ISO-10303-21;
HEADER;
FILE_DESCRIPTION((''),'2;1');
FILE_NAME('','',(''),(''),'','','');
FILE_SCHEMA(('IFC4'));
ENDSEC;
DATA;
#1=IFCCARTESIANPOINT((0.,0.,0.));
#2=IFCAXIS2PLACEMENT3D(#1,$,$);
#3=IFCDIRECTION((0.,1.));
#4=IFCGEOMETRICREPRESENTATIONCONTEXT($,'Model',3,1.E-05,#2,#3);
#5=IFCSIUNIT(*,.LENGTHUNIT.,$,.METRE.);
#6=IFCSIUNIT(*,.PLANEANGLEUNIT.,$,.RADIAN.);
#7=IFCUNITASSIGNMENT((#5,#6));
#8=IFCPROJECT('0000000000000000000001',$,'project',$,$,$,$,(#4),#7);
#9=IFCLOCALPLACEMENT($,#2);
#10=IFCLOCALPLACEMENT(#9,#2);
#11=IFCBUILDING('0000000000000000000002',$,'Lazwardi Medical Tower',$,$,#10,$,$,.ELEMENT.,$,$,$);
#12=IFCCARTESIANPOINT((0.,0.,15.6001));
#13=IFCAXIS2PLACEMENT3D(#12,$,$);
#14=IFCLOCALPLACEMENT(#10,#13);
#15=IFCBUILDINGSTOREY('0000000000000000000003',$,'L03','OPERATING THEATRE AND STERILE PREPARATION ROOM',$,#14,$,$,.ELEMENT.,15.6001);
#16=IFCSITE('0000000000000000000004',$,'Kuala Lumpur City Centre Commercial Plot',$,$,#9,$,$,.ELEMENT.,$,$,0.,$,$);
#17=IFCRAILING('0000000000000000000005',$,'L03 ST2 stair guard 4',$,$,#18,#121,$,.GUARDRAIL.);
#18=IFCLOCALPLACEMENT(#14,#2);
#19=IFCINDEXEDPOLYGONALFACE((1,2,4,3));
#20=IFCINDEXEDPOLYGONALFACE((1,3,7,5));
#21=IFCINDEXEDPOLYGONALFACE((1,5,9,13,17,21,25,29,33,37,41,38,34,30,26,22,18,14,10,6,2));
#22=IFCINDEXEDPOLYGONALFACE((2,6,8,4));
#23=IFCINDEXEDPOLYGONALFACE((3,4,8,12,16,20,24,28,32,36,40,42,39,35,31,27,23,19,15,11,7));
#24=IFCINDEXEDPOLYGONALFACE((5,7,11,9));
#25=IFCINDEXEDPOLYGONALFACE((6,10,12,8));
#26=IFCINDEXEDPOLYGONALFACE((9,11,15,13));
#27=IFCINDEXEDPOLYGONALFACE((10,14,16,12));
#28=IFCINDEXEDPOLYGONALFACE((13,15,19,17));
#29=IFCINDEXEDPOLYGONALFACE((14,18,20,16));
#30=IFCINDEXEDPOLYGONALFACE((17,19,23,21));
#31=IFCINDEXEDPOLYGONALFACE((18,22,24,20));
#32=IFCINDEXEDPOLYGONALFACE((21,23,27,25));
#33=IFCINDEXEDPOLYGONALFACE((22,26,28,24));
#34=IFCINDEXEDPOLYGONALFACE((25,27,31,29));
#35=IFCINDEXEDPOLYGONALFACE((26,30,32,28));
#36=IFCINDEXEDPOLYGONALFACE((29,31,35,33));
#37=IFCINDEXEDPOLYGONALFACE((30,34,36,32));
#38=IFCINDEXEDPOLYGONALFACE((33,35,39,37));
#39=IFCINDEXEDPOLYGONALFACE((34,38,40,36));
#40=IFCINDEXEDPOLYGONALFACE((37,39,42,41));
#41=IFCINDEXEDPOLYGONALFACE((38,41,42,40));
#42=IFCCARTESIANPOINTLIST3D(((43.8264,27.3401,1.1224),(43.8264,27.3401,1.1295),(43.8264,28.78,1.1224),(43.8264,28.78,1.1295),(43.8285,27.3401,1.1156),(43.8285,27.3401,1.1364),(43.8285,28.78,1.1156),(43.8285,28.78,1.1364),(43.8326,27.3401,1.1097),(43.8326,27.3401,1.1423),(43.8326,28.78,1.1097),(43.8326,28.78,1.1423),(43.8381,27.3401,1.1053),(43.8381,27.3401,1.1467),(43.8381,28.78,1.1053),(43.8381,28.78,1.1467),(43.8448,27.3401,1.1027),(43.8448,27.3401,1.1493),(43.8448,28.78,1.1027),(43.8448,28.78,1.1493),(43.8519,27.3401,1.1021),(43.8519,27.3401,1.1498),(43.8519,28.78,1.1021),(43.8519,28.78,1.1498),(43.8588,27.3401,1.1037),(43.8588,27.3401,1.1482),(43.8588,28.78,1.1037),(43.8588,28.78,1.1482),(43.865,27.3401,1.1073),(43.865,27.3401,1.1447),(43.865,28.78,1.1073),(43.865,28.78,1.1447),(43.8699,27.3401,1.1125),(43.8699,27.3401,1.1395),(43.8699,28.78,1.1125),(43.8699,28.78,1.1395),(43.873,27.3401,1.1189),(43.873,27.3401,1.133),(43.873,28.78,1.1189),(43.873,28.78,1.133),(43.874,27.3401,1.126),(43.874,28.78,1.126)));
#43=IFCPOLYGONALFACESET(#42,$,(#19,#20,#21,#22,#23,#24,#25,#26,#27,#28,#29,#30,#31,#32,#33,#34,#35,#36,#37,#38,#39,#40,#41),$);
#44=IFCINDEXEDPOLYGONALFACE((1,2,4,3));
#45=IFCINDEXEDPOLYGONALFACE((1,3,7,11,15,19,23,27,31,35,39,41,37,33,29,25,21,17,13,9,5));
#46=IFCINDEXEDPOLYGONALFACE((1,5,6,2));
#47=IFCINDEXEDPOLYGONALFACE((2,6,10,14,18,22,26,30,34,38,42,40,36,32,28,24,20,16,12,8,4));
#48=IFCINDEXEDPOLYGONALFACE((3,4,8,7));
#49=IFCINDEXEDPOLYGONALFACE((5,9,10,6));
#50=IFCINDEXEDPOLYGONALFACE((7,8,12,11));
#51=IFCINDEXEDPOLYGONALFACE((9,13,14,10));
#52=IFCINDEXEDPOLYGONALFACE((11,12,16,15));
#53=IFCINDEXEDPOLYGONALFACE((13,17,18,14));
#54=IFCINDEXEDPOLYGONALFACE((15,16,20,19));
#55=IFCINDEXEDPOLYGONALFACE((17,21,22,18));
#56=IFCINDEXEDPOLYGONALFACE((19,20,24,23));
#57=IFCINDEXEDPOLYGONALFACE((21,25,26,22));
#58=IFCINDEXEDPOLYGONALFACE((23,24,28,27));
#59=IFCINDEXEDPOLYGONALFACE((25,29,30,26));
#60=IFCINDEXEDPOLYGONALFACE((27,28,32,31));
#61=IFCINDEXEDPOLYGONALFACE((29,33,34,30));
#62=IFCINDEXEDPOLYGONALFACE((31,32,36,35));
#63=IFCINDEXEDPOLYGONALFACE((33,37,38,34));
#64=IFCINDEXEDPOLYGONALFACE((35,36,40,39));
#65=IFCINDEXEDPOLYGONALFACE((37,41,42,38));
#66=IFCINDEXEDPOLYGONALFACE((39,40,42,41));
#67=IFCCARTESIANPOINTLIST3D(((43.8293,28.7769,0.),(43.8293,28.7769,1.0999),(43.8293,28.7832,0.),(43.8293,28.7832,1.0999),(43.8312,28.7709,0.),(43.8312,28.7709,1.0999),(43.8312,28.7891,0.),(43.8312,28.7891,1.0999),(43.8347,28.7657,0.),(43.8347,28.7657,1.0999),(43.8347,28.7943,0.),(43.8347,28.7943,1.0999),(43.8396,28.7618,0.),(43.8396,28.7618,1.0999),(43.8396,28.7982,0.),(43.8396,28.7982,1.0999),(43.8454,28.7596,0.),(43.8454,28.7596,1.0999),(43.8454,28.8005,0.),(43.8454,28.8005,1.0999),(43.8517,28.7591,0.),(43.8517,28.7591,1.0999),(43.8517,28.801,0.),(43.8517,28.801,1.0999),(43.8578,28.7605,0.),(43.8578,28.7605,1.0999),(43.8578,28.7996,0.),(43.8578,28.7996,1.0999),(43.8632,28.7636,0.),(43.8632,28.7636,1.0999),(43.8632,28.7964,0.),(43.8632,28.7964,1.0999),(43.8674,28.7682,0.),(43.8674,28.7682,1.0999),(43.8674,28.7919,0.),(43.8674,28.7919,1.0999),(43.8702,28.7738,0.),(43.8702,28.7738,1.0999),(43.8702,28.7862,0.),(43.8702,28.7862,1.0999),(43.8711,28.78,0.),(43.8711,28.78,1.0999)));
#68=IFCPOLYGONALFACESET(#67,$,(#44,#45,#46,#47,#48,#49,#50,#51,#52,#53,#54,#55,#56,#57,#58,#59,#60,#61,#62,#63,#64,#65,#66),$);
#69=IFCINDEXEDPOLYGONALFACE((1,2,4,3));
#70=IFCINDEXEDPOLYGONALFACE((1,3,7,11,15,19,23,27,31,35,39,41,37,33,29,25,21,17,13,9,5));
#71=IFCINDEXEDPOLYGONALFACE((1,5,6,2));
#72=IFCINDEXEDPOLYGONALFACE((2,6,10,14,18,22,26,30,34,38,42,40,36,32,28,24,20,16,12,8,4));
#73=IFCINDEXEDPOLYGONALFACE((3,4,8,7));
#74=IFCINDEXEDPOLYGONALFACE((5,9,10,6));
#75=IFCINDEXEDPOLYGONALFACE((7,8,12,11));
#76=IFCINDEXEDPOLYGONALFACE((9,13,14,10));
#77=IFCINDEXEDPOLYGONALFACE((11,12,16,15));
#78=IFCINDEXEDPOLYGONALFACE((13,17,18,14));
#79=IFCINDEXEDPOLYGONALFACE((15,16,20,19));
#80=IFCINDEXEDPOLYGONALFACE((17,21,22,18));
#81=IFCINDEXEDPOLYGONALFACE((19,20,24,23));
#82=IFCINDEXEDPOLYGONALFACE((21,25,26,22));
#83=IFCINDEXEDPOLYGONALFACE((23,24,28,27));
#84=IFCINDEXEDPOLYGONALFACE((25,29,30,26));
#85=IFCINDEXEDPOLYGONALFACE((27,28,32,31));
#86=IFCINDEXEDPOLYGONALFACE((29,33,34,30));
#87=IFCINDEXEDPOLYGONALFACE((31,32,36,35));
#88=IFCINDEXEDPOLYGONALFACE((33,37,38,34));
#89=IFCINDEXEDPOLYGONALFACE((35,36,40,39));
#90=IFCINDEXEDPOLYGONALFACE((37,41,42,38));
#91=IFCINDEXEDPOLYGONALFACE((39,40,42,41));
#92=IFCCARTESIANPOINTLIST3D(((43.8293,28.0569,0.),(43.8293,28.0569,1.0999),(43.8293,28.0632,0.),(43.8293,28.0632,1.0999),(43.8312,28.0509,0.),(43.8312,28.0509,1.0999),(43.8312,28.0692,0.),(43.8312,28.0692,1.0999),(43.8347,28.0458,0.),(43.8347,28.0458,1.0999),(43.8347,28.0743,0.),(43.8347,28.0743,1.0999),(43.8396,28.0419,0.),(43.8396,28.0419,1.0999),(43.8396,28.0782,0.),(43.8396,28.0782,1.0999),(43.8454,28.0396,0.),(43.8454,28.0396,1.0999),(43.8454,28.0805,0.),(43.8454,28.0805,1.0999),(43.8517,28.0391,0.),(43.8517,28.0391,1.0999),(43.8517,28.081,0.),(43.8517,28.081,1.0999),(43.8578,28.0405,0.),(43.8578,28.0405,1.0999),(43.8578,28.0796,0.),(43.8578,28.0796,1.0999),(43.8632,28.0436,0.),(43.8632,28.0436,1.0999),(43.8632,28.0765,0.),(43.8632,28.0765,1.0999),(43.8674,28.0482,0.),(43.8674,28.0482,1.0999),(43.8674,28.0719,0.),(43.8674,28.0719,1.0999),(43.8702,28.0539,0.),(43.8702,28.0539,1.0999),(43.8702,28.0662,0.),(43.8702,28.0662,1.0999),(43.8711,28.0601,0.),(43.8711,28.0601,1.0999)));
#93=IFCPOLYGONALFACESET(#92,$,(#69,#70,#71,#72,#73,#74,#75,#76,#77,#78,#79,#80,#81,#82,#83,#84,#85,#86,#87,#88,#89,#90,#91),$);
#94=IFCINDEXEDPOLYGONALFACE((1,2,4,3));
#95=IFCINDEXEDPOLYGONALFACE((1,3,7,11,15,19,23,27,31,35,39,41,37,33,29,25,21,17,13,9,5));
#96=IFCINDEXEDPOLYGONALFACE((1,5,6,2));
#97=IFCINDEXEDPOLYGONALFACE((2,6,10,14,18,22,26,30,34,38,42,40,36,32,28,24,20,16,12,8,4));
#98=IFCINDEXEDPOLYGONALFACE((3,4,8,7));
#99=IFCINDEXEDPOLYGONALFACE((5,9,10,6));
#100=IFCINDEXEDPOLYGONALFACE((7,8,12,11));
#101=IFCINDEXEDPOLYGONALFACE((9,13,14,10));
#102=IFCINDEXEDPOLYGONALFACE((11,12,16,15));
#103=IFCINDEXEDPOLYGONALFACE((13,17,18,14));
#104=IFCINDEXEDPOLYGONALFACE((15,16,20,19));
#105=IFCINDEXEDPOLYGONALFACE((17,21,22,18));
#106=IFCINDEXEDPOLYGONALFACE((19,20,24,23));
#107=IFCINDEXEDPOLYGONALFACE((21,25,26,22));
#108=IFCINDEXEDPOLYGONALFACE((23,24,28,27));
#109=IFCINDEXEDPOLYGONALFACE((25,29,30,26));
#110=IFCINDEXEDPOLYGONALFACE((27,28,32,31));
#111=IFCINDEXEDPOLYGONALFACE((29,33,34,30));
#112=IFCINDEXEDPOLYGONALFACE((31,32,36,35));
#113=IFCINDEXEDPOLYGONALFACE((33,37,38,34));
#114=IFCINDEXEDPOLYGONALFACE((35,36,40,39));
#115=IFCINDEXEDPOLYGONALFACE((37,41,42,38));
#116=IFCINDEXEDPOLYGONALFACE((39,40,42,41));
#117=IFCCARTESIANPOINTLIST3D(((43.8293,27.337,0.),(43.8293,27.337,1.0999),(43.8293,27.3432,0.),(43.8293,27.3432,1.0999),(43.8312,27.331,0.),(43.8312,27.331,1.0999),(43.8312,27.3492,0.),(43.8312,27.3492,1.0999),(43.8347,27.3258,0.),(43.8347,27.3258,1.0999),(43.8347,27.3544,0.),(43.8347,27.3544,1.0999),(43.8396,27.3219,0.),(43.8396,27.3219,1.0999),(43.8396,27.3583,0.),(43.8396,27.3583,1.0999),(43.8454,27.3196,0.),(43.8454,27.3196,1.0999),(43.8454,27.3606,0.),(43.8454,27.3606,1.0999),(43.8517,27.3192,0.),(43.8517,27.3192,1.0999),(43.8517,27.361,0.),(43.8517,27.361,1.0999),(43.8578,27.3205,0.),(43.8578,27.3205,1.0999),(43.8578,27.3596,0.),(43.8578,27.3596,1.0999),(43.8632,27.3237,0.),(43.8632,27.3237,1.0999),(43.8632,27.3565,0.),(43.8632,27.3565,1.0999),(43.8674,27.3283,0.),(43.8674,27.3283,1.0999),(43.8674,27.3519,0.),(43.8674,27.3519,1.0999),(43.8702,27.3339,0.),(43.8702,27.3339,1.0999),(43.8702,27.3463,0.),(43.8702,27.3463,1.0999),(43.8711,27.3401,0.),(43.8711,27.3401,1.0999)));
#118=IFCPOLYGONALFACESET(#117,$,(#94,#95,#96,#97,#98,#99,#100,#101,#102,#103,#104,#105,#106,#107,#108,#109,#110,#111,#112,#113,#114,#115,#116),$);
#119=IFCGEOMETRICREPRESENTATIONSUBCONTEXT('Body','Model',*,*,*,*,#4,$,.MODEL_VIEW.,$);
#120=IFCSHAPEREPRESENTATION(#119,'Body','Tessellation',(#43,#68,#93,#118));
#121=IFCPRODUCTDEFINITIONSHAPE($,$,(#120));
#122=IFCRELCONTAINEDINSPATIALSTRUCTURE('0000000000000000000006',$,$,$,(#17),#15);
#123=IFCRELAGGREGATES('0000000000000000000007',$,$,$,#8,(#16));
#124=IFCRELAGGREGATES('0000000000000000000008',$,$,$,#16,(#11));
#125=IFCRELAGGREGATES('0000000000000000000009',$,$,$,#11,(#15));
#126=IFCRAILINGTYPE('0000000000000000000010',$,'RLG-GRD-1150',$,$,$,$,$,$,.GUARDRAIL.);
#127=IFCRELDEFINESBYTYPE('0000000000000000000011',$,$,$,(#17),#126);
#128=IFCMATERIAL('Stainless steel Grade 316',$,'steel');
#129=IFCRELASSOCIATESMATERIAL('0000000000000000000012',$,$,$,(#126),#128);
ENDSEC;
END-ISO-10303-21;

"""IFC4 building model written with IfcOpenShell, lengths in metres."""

from ifc_helpers import new_model, si_unit, direction, frame, origin, origin_2d, place, context, subcontext, project, spatial, circle, extrude, material, type_object, element, save


model = new_model("IFC4")

# Units and contexts
model_context = context("Model", 3, precision=1e-05, world=origin(), true_north=direction((0.0, 1.0)))
body_context = subcontext(model_context, "Body", "Model", "MODEL_VIEW")
ifc_project = project(units=[si_unit("LENGTHUNIT", "METRE"), si_unit("PLANEANGLEUNIT", "RADIAN")], contexts=[model_context])

# Site, building, storey
site_placement = place(None, origin())
site = spatial("IfcSite", under=ifc_project, at=site_placement, Name="Kuala Lumpur City Centre Commercial Plot", CompositionType="ELEMENT", RefElevation=0.0)
building_placement = place(site_placement, origin())
building = spatial("IfcBuilding", under=site, at=building_placement, Name="Lazwardi Medical Tower", CompositionType="ELEMENT")
storey_placement = place(building_placement, frame((0.0, 0.0, 15.6001)))
storey = spatial("IfcBuildingStorey", under=building, at=storey_placement, Name="L03", Description="OPERATING THEATRE AND STERILE PREPARATION ROOM", CompositionType="ELEMENT", Elevation=15.6001)

# Railing
ifc_material_1 = material(Name="Stainless steel Grade 316", Category="steel")
railing_type_1 = type_object("IfcRailingType", Name="RLG-GRD-1150", PredefinedType="GUARDRAIL", material=ifc_material_1)
railing_1_placement = place(storey_placement, frame((43.8501, 28.78, 0.0)))
element("IfcRailing", 1, at=railing_1_placement, inside=storey, type_object=railing_type_1, Name="L03 ST2 stair guard 4", PredefinedType="GUARDRAIL", context=body_context, shape_type="SweptSolid", body=[
    extrude(circle(Radius=0.0239, at=origin_2d()), frame((0.0, 0.0, 1.126), z_axis=(0.0, -1.0, 0.0), x_axis=(1.0, 0.0, 0.0)), (0.0, 0.0, 1.0), 1.4399),
    extrude(circle(Radius=0.021, at=origin_2d()), origin(), (0.0, 0.0, 1.0), 1.0999),
    extrude(circle(Radius=0.021, at=origin_2d()), frame((0.0, -0.72, 0.0)), (0.0, 0.0, 1.0), 1.0999),
    extrude(circle(Radius=0.021, at=origin_2d()), frame((0.0, -1.4399, 0.0)), (0.0, 0.0, 1.0), 1.0999),
])

save(model, "model.ifc")
